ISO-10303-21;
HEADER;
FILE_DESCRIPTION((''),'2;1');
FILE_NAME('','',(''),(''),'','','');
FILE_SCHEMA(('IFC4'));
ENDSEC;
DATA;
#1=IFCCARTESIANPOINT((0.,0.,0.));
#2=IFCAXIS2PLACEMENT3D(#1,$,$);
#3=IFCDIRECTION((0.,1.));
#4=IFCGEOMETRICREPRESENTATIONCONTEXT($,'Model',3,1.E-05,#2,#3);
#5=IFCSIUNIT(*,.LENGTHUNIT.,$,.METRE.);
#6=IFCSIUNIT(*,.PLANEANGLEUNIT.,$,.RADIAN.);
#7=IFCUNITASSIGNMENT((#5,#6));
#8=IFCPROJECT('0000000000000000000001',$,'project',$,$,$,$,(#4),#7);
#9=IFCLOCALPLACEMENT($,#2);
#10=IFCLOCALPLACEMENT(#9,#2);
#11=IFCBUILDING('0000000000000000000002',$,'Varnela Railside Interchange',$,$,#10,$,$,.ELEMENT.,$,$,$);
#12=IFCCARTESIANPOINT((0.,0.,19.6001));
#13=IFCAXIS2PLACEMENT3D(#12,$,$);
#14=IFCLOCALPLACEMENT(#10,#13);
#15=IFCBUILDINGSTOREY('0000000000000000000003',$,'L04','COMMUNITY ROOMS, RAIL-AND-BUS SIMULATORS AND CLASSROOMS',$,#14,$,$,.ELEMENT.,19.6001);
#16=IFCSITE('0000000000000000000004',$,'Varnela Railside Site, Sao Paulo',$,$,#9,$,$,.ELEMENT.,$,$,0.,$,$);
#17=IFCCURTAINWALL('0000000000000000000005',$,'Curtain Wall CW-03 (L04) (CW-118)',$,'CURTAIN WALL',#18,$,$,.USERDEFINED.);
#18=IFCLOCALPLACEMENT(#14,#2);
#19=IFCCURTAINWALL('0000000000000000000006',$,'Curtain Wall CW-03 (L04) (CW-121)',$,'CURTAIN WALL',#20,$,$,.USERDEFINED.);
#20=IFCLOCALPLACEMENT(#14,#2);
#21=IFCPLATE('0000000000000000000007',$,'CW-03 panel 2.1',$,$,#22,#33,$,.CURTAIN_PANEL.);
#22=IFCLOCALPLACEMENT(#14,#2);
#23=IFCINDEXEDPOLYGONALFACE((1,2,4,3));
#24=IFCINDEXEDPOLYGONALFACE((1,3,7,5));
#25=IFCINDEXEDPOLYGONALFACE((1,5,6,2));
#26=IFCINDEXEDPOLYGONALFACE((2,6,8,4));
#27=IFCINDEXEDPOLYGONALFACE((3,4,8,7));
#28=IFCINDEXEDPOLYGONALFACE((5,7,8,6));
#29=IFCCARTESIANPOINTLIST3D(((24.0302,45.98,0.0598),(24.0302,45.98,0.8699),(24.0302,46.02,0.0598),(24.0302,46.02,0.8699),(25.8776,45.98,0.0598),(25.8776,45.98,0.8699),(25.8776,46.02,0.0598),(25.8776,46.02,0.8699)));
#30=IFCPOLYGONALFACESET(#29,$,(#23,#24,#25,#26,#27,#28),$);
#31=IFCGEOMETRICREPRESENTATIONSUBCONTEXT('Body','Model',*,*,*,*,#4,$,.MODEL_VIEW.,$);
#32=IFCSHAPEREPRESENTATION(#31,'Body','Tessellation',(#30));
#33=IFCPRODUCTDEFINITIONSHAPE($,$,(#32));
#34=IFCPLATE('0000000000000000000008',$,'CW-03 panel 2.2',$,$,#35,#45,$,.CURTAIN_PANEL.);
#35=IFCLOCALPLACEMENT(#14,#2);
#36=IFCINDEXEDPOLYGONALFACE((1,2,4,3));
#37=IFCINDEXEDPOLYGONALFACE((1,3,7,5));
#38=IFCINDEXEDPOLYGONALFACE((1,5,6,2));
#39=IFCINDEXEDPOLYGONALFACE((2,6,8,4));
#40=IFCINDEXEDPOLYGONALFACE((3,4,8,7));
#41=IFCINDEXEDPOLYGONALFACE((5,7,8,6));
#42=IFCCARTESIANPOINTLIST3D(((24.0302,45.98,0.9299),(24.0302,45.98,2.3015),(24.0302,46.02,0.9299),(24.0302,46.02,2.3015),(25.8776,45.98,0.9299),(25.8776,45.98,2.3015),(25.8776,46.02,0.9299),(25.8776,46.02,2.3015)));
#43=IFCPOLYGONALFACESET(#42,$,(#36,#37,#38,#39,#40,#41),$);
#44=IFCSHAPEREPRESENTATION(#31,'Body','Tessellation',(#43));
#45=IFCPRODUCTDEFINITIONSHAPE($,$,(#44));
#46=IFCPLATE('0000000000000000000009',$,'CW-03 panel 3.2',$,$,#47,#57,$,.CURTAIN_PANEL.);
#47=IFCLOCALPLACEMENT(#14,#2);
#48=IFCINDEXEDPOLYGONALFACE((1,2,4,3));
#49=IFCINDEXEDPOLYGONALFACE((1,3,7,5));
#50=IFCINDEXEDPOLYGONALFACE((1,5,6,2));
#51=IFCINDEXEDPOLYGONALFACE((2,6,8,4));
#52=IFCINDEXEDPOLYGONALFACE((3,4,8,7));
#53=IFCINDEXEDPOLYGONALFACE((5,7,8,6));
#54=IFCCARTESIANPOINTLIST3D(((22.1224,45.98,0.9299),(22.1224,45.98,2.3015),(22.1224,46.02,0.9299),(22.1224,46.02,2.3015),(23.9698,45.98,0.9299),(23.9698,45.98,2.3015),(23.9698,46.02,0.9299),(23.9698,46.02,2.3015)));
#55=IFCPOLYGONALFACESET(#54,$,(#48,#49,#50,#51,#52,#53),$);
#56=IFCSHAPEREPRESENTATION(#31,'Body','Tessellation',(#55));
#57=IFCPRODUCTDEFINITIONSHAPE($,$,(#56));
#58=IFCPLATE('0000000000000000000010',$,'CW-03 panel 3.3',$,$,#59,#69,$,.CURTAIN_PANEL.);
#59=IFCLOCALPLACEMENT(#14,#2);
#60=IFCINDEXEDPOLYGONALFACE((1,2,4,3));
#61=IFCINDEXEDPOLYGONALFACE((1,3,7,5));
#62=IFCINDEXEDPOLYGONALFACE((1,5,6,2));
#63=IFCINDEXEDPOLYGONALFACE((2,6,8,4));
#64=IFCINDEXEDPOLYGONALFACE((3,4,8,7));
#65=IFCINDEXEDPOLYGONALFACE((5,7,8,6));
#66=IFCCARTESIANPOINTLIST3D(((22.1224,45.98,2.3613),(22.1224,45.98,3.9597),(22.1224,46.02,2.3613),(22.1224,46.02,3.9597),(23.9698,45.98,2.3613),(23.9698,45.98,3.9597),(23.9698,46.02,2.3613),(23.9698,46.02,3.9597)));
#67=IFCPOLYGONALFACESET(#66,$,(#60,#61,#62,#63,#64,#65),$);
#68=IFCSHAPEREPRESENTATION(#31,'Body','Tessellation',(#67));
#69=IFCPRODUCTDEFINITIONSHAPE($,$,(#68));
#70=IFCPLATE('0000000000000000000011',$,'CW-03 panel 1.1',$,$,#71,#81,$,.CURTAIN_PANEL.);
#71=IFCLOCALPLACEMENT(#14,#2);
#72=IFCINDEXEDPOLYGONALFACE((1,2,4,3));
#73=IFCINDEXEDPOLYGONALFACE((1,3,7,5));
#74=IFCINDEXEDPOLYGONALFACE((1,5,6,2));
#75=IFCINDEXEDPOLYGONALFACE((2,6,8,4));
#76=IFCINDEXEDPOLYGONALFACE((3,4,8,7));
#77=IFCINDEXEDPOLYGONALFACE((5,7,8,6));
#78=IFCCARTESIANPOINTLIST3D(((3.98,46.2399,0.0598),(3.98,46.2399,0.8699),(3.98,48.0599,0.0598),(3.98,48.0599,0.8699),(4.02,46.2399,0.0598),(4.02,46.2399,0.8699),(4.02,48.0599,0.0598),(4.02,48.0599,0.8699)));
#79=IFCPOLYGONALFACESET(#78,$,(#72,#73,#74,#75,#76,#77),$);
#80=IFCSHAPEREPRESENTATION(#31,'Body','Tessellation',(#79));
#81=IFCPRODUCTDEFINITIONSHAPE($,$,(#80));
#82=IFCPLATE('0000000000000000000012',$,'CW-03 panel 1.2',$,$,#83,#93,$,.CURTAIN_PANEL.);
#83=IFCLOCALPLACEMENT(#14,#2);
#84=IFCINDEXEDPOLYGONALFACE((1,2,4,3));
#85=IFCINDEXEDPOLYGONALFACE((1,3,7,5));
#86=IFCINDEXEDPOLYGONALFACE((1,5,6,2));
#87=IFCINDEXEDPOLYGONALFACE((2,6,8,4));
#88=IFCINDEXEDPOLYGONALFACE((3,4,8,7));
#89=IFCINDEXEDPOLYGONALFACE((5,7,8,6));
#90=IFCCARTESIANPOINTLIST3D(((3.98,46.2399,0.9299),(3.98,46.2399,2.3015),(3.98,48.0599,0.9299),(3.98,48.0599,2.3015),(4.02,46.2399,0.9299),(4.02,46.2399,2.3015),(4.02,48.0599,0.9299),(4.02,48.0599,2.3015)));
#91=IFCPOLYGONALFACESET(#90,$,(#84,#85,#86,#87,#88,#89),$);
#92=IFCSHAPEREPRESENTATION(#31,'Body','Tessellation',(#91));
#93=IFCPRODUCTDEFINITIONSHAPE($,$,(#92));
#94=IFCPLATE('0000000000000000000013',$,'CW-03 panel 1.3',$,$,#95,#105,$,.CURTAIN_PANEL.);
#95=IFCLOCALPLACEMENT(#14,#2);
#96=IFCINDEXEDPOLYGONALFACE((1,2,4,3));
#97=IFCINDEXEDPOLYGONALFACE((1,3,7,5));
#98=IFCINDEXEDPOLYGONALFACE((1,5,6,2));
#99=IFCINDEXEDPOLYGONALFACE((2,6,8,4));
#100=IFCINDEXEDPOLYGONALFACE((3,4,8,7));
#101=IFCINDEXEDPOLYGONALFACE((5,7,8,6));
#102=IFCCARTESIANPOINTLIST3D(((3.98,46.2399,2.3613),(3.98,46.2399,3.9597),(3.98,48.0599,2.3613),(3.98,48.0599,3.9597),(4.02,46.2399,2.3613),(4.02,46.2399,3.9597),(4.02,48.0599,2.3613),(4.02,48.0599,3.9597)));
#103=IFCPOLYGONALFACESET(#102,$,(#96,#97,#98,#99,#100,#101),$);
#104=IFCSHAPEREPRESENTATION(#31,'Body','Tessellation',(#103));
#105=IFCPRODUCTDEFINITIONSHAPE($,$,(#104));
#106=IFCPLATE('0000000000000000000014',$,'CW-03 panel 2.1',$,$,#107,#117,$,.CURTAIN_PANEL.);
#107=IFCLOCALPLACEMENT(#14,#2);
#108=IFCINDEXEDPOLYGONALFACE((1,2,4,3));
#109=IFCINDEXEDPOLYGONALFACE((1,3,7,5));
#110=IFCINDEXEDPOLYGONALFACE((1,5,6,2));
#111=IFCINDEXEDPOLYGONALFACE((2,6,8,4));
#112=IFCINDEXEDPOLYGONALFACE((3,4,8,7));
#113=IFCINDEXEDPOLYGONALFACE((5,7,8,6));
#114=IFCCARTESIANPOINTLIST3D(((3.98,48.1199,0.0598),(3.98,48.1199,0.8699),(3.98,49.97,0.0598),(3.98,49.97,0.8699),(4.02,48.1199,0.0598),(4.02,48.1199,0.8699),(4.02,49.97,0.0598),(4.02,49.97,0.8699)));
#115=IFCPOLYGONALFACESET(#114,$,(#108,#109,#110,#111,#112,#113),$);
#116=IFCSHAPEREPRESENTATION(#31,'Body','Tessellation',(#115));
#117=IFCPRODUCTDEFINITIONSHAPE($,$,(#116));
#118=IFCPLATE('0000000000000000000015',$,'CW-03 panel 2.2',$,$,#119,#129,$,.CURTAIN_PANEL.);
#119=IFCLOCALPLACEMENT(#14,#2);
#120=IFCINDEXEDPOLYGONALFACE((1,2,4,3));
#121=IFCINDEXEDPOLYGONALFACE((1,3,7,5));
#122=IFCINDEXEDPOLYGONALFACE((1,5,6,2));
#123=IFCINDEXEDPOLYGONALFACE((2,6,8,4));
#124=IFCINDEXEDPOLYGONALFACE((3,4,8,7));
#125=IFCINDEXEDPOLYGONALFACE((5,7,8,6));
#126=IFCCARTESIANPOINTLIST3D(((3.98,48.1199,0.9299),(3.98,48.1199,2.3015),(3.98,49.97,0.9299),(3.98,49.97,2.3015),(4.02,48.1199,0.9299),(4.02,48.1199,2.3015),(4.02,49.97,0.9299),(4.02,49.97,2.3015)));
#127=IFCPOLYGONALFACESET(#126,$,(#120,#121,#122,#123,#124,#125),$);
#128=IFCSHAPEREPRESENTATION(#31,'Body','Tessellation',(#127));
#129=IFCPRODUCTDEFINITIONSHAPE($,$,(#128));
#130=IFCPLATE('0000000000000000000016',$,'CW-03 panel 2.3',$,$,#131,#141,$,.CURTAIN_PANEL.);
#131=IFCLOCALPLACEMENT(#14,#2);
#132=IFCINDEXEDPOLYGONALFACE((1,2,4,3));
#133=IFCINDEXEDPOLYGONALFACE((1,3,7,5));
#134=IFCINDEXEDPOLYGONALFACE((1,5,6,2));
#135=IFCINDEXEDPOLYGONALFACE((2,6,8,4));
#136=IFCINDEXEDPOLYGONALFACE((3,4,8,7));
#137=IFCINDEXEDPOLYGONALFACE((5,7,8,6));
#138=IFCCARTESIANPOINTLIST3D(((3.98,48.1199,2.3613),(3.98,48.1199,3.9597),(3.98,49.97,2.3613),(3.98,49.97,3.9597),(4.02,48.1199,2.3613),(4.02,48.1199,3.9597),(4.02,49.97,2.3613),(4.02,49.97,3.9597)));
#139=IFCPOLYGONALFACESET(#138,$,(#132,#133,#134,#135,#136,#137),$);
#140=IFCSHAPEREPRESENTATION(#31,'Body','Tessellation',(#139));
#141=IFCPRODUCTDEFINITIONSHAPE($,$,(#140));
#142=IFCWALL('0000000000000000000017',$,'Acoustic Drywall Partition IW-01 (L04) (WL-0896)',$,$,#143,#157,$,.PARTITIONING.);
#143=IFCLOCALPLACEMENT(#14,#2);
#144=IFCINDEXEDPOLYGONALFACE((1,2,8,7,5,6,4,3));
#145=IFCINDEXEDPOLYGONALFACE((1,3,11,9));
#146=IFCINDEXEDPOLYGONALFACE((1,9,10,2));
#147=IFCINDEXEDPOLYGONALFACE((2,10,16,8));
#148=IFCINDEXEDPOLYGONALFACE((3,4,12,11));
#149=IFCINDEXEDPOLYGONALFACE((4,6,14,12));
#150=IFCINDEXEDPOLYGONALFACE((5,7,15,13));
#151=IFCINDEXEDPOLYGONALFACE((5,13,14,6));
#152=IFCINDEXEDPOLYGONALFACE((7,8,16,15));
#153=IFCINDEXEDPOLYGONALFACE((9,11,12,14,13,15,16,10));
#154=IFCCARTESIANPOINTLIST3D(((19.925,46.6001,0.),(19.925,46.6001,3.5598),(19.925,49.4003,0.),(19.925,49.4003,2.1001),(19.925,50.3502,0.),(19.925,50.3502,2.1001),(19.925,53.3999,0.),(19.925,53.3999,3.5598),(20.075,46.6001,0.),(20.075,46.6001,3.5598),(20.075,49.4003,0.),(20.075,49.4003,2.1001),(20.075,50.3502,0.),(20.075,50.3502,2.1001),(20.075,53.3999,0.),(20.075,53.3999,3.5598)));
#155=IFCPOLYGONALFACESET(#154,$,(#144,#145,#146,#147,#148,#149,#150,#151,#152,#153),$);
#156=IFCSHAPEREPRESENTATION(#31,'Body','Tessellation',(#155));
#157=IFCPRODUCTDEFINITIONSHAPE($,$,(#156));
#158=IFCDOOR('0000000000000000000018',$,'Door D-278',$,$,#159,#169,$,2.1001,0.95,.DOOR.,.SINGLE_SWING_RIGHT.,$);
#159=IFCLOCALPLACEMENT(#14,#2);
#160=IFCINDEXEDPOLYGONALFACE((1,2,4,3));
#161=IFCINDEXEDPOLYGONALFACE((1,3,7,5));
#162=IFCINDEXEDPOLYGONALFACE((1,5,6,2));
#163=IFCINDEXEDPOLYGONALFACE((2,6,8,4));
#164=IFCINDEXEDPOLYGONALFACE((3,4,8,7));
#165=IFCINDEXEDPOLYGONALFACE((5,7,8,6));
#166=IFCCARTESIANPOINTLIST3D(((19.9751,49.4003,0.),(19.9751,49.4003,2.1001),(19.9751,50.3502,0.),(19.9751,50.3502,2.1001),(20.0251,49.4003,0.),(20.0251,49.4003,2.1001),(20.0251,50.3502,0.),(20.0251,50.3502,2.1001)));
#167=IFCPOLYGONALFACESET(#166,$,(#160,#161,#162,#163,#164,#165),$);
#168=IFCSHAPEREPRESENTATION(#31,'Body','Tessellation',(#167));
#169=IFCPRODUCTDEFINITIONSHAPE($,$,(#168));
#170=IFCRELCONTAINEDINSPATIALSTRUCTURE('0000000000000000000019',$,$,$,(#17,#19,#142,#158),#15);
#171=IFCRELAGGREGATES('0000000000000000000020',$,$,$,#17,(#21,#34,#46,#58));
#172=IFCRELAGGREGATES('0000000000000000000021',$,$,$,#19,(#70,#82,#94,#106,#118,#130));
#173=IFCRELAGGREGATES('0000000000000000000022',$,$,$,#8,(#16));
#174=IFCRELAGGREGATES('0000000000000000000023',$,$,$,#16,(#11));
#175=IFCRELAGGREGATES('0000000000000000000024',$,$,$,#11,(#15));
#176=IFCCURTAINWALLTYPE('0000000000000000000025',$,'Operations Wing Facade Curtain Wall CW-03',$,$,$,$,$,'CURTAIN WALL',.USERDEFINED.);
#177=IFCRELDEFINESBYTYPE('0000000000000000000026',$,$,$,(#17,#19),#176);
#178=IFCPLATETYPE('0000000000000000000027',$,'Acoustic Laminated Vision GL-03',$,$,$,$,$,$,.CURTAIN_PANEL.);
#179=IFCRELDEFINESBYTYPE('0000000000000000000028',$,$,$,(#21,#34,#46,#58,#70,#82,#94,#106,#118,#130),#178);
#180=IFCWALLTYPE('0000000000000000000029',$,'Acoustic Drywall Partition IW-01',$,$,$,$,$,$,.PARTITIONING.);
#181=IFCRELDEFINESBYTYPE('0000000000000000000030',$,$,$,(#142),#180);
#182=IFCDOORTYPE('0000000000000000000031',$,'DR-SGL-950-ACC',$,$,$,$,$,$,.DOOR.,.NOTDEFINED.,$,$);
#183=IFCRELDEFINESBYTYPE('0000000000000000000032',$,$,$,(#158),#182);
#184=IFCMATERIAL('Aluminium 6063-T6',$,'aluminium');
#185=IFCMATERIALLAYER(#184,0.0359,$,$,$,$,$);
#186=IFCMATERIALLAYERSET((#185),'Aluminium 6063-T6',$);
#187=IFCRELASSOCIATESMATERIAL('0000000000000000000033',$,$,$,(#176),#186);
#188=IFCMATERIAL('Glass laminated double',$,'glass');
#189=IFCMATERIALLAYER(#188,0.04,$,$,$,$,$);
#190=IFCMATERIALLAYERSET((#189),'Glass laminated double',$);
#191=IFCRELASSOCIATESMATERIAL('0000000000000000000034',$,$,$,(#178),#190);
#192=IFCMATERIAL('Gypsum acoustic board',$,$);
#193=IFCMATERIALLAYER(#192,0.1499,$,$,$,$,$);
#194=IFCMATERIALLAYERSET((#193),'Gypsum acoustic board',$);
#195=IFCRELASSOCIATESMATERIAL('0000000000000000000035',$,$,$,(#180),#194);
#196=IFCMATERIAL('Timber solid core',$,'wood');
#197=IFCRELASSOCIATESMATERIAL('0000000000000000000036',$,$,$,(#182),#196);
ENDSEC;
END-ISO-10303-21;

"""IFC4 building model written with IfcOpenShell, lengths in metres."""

from ifc_helpers import new_model, si_unit, direction, frame, frame_2d, origin, origin_2d, place, context, subcontext, project, spatial, rectangle, extrude, material, layer, layer_set, type_object, element, fill, aggregate, save


model = new_model("IFC4")

# Units and contexts
model_context = context("Model", 3, precision=1e-05, world=origin(), true_north=direction((0.0, 1.0)))
body_context = subcontext(model_context, "Body", "Model", "MODEL_VIEW")
ifc_project = project(units=[si_unit("LENGTHUNIT", "METRE"), si_unit("PLANEANGLEUNIT", "RADIAN")], contexts=[model_context])

# Site, building, storey
site_placement = place(None, origin())
site = spatial("IfcSite", under=ifc_project, at=site_placement, Name="Varnela Railside Site, Sao Paulo", CompositionType="ELEMENT", RefElevation=0.0)
building_placement = place(site_placement, origin())
building = spatial("IfcBuilding", under=site, at=building_placement, Name="Varnela Railside Interchange", CompositionType="ELEMENT")
storey_placement = place(building_placement, frame((0.0, 0.0, 19.6001)))
storey = spatial("IfcBuildingStorey", under=building, at=storey_placement, Name="L04", Description="COMMUNITY ROOMS, RAIL-AND-BUS SIMULATORS AND CLASSROOMS", CompositionType="ELEMENT", Elevation=19.6001)

# Curtain wall
ifc_material_1 = material(Name="Aluminium 6063-T6", Category="aluminium")
ifc_layer_1 = layer(ifc_material_1, 0.0359)
ifc_layer_set_1 = layer_set([ifc_layer_1], Name="Aluminium 6063-T6")
curtain_wall_type = type_object("IfcCurtainWallType", Name="Operations Wing Facade Curtain Wall CW-03", ElementType="CURTAIN WALL", PredefinedType="USERDEFINED", material=ifc_layer_set_1)
curtain_wall_1_placement = place(storey_placement, origin())
curtain_wall_1 = element("IfcCurtainWall", 1, at=curtain_wall_1_placement, inside=storey, type_object=curtain_wall_type, Name="Curtain Wall CW-03 (L04) (CW-118)", ObjectType="CURTAIN WALL", PredefinedType="USERDEFINED")

# Curtain wall
curtain_wall_2_placement = place(storey_placement, origin())
curtain_wall_2 = element("IfcCurtainWall", 2, at=curtain_wall_2_placement, inside=storey, type_object=curtain_wall_type, Name="Curtain Wall CW-03 (L04) (CW-121)", ObjectType="CURTAIN WALL", PredefinedType="USERDEFINED")

# Plates
ifc_material_2 = material(Name="Glass laminated double", Category="glass")
ifc_layer_2 = layer(ifc_material_2, 0.04)
ifc_layer_set_2 = layer_set([ifc_layer_2], Name="Glass laminated double")
plate_type = type_object("IfcPlateType", Name="Acoustic Laminated Vision GL-03", PredefinedType="CURTAIN_PANEL", material=ifc_layer_set_2)
plate_1_placement = place(storey_placement, frame((24.9539, 46.0, 0.0598), z_axis=(0.0, 0.0, 1.0), x_axis=(-1.0, 0.0, 0.0)))
plate_1 = element("IfcPlate", 3, at=plate_1_placement, type_object=plate_type, Name="CW-03 panel 2.1", PredefinedType="CURTAIN_PANEL", context=body_context, shape_type="SweptSolid", body=[
    extrude(rectangle(XDim=1.8474, YDim=0.04, at=origin_2d()), origin(), (0.0, 0.0, 1.0), 0.8101),
])
plate_2_placement = place(storey_placement, frame((24.9539, 46.0, 0.9299), z_axis=(0.0, 0.0, 1.0), x_axis=(-1.0, 0.0, 0.0)))
plate_2 = element("IfcPlate", 4, at=plate_2_placement, type_object=plate_type, Name="CW-03 panel 2.2", PredefinedType="CURTAIN_PANEL", context=body_context, shape_type="SweptSolid", body=[
    extrude(rectangle(XDim=1.8474, YDim=0.04, at=origin_2d()), origin(), (0.0, 0.0, 1.0), 1.3716),
])
plate_3_placement = place(storey_placement, frame((23.0461, 46.0, 0.9299), z_axis=(0.0, 0.0, 1.0), x_axis=(-1.0, 0.0, 0.0)))
plate_3 = element("IfcPlate", 5, at=plate_3_placement, type_object=plate_type, Name="CW-03 panel 3.2", PredefinedType="CURTAIN_PANEL", context=body_context, shape_type="SweptSolid", body=[
    extrude(rectangle(XDim=1.8474, YDim=0.04, at=origin_2d()), origin(), (0.0, 0.0, 1.0), 1.3716),
])
plate_4_placement = place(storey_placement, frame((23.0461, 46.0, 2.3613), z_axis=(0.0, 0.0, 1.0), x_axis=(-1.0, 0.0, 0.0)))
plate_4 = element("IfcPlate", 6, at=plate_4_placement, type_object=plate_type, Name="CW-03 panel 3.3", PredefinedType="CURTAIN_PANEL", context=body_context, shape_type="SweptSolid", body=[
    extrude(rectangle(XDim=1.8474, YDim=0.04, at=origin_2d()), origin(), (0.0, 0.0, 1.0), 1.5984),
])
aggregate(curtain_wall_1, [plate_1, plate_2, plate_3, plate_4])
plate_5_placement = place(storey_placement, frame((4.0, 47.1499, 0.0598), z_axis=(0.0, 0.0, 1.0), x_axis=(0.0, 1.0, 0.0)))
plate_5 = element("IfcPlate", 7, at=plate_5_placement, type_object=plate_type, Name="CW-03 panel 1.1", PredefinedType="CURTAIN_PANEL", context=body_context, shape_type="SweptSolid", body=[
    extrude(rectangle(XDim=1.8201, YDim=0.04, at=origin_2d()), origin(), (0.0, 0.0, 1.0), 0.8101),
])
plate_6_placement = place(storey_placement, frame((4.0, 47.1499, 0.9299), z_axis=(0.0, 0.0, 1.0), x_axis=(0.0, 1.0, 0.0)))
plate_6 = element("IfcPlate", 8, at=plate_6_placement, type_object=plate_type, Name="CW-03 panel 1.2", PredefinedType="CURTAIN_PANEL", context=body_context, shape_type="SweptSolid", body=[
    extrude(rectangle(XDim=1.8201, YDim=0.04, at=origin_2d()), origin(), (0.0, 0.0, 1.0), 1.3716),
])
plate_7_placement = place(storey_placement, frame((4.0, 47.1499, 2.3613), z_axis=(0.0, 0.0, 1.0), x_axis=(0.0, 1.0, 0.0)))
plate_7 = element("IfcPlate", 9, at=plate_7_placement, type_object=plate_type, Name="CW-03 panel 1.3", PredefinedType="CURTAIN_PANEL", context=body_context, shape_type="SweptSolid", body=[
    extrude(rectangle(XDim=1.8201, YDim=0.04, at=origin_2d()), origin(), (0.0, 0.0, 1.0), 1.5984),
])
plate_8_placement = place(storey_placement, frame((4.0, 49.0449, 0.0598), z_axis=(0.0, 0.0, 1.0), x_axis=(0.0, 1.0, 0.0)))
plate_8 = element("IfcPlate", 10, at=plate_8_placement, type_object=plate_type, Name="CW-03 panel 2.1", PredefinedType="CURTAIN_PANEL", context=body_context, shape_type="SweptSolid", body=[
    extrude(rectangle(XDim=1.8501, YDim=0.04, at=origin_2d()), origin(), (0.0, 0.0, 1.0), 0.8101),
])
plate_9_placement = place(storey_placement, frame((4.0, 49.0449, 0.9299), z_axis=(0.0, 0.0, 1.0), x_axis=(0.0, 1.0, 0.0)))
plate_9 = element("IfcPlate", 11, at=plate_9_placement, type_object=plate_type, Name="CW-03 panel 2.2", PredefinedType="CURTAIN_PANEL", context=body_context, shape_type="SweptSolid", body=[
    extrude(rectangle(XDim=1.8501, YDim=0.04, at=origin_2d()), origin(), (0.0, 0.0, 1.0), 1.3716),
])
plate_10_placement = place(storey_placement, frame((4.0, 49.0449, 2.3613), z_axis=(0.0, 0.0, 1.0), x_axis=(0.0, 1.0, 0.0)))
plate_10 = element("IfcPlate", 12, at=plate_10_placement, type_object=plate_type, Name="CW-03 panel 2.3", PredefinedType="CURTAIN_PANEL", context=body_context, shape_type="SweptSolid", body=[
    extrude(rectangle(XDim=1.8501, YDim=0.04, at=origin_2d()), origin(), (0.0, 0.0, 1.0), 1.5984),
])
aggregate(curtain_wall_2, [plate_5, plate_6, plate_7, plate_8, plate_9, plate_10])

# Wall, opening, door
ifc_material_3 = material(Name="Gypsum acoustic board")
ifc_layer_3 = layer(ifc_material_3, 0.1499)
ifc_layer_set_3 = layer_set([ifc_layer_3], Name="Gypsum acoustic board")
wall_type = type_object("IfcWallType", Name="Acoustic Drywall Partition IW-01", PredefinedType="PARTITIONING", material=ifc_layer_set_3)
wall_placement = place(storey_placement, frame((20.0, 46.6001, 0.0), z_axis=(0.0, 0.0, 1.0), x_axis=(0.0, 1.0, 0.0)))
wall = element("IfcWall", 13, at=wall_placement, inside=storey, type_object=wall_type, Name="Acoustic Drywall Partition IW-01 (L04) (WL-0896)", PredefinedType="PARTITIONING", context=body_context, shape_type="SweptSolid", body=[
    extrude(rectangle(XDim=6.7998, YDim=0.1499, at=frame_2d((3.3999, 0.0))), origin(), (0.0, 0.0, 1.0), 3.5598),
])
opening_placement = place(wall_placement, frame((2.8, 0.0, 0.0)))
opening = element("IfcOpeningElement", 14, at=opening_placement, cuts=wall, PredefinedType="OPENING", context=body_context, shape_type="SweptSolid", body=[
    extrude(rectangle(XDim=0.95, YDim=2.1001, at=frame_2d((0.4751, 1.05))), frame((0.0, 0.085, 0.0), z_axis=(0.0, -1.0, 0.0), x_axis=(1.0, 0.0, 0.0)), (0.0, 0.0, 1.0), 0.1699),
])
ifc_material_4 = material(Name="Timber solid core", Category="wood")
door_type = type_object("IfcDoorType", Name="DR-SGL-950-ACC", OperationType="NOTDEFINED", PredefinedType="DOOR", material=ifc_material_4)
door_placement = place(opening_placement, origin())
door = element("IfcDoor", 15, at=door_placement, inside=storey, type_object=door_type, Name="Door D-278", OperationType="SINGLE_SWING_RIGHT", OverallHeight=2.1001, OverallWidth=0.95, PredefinedType="DOOR", context=body_context, shape_type="SweptSolid", body=[
    extrude(rectangle(XDim=0.95, YDim=2.1001, at=frame_2d((0.4751, 1.05))), frame((0.0, 0.0249, 0.0), z_axis=(0.0, -1.0, 0.0), x_axis=(1.0, 0.0, 0.0)), (0.0, 0.0, 1.0), 0.05),
])
fill(opening, door)

save(model, "model.ifc")
